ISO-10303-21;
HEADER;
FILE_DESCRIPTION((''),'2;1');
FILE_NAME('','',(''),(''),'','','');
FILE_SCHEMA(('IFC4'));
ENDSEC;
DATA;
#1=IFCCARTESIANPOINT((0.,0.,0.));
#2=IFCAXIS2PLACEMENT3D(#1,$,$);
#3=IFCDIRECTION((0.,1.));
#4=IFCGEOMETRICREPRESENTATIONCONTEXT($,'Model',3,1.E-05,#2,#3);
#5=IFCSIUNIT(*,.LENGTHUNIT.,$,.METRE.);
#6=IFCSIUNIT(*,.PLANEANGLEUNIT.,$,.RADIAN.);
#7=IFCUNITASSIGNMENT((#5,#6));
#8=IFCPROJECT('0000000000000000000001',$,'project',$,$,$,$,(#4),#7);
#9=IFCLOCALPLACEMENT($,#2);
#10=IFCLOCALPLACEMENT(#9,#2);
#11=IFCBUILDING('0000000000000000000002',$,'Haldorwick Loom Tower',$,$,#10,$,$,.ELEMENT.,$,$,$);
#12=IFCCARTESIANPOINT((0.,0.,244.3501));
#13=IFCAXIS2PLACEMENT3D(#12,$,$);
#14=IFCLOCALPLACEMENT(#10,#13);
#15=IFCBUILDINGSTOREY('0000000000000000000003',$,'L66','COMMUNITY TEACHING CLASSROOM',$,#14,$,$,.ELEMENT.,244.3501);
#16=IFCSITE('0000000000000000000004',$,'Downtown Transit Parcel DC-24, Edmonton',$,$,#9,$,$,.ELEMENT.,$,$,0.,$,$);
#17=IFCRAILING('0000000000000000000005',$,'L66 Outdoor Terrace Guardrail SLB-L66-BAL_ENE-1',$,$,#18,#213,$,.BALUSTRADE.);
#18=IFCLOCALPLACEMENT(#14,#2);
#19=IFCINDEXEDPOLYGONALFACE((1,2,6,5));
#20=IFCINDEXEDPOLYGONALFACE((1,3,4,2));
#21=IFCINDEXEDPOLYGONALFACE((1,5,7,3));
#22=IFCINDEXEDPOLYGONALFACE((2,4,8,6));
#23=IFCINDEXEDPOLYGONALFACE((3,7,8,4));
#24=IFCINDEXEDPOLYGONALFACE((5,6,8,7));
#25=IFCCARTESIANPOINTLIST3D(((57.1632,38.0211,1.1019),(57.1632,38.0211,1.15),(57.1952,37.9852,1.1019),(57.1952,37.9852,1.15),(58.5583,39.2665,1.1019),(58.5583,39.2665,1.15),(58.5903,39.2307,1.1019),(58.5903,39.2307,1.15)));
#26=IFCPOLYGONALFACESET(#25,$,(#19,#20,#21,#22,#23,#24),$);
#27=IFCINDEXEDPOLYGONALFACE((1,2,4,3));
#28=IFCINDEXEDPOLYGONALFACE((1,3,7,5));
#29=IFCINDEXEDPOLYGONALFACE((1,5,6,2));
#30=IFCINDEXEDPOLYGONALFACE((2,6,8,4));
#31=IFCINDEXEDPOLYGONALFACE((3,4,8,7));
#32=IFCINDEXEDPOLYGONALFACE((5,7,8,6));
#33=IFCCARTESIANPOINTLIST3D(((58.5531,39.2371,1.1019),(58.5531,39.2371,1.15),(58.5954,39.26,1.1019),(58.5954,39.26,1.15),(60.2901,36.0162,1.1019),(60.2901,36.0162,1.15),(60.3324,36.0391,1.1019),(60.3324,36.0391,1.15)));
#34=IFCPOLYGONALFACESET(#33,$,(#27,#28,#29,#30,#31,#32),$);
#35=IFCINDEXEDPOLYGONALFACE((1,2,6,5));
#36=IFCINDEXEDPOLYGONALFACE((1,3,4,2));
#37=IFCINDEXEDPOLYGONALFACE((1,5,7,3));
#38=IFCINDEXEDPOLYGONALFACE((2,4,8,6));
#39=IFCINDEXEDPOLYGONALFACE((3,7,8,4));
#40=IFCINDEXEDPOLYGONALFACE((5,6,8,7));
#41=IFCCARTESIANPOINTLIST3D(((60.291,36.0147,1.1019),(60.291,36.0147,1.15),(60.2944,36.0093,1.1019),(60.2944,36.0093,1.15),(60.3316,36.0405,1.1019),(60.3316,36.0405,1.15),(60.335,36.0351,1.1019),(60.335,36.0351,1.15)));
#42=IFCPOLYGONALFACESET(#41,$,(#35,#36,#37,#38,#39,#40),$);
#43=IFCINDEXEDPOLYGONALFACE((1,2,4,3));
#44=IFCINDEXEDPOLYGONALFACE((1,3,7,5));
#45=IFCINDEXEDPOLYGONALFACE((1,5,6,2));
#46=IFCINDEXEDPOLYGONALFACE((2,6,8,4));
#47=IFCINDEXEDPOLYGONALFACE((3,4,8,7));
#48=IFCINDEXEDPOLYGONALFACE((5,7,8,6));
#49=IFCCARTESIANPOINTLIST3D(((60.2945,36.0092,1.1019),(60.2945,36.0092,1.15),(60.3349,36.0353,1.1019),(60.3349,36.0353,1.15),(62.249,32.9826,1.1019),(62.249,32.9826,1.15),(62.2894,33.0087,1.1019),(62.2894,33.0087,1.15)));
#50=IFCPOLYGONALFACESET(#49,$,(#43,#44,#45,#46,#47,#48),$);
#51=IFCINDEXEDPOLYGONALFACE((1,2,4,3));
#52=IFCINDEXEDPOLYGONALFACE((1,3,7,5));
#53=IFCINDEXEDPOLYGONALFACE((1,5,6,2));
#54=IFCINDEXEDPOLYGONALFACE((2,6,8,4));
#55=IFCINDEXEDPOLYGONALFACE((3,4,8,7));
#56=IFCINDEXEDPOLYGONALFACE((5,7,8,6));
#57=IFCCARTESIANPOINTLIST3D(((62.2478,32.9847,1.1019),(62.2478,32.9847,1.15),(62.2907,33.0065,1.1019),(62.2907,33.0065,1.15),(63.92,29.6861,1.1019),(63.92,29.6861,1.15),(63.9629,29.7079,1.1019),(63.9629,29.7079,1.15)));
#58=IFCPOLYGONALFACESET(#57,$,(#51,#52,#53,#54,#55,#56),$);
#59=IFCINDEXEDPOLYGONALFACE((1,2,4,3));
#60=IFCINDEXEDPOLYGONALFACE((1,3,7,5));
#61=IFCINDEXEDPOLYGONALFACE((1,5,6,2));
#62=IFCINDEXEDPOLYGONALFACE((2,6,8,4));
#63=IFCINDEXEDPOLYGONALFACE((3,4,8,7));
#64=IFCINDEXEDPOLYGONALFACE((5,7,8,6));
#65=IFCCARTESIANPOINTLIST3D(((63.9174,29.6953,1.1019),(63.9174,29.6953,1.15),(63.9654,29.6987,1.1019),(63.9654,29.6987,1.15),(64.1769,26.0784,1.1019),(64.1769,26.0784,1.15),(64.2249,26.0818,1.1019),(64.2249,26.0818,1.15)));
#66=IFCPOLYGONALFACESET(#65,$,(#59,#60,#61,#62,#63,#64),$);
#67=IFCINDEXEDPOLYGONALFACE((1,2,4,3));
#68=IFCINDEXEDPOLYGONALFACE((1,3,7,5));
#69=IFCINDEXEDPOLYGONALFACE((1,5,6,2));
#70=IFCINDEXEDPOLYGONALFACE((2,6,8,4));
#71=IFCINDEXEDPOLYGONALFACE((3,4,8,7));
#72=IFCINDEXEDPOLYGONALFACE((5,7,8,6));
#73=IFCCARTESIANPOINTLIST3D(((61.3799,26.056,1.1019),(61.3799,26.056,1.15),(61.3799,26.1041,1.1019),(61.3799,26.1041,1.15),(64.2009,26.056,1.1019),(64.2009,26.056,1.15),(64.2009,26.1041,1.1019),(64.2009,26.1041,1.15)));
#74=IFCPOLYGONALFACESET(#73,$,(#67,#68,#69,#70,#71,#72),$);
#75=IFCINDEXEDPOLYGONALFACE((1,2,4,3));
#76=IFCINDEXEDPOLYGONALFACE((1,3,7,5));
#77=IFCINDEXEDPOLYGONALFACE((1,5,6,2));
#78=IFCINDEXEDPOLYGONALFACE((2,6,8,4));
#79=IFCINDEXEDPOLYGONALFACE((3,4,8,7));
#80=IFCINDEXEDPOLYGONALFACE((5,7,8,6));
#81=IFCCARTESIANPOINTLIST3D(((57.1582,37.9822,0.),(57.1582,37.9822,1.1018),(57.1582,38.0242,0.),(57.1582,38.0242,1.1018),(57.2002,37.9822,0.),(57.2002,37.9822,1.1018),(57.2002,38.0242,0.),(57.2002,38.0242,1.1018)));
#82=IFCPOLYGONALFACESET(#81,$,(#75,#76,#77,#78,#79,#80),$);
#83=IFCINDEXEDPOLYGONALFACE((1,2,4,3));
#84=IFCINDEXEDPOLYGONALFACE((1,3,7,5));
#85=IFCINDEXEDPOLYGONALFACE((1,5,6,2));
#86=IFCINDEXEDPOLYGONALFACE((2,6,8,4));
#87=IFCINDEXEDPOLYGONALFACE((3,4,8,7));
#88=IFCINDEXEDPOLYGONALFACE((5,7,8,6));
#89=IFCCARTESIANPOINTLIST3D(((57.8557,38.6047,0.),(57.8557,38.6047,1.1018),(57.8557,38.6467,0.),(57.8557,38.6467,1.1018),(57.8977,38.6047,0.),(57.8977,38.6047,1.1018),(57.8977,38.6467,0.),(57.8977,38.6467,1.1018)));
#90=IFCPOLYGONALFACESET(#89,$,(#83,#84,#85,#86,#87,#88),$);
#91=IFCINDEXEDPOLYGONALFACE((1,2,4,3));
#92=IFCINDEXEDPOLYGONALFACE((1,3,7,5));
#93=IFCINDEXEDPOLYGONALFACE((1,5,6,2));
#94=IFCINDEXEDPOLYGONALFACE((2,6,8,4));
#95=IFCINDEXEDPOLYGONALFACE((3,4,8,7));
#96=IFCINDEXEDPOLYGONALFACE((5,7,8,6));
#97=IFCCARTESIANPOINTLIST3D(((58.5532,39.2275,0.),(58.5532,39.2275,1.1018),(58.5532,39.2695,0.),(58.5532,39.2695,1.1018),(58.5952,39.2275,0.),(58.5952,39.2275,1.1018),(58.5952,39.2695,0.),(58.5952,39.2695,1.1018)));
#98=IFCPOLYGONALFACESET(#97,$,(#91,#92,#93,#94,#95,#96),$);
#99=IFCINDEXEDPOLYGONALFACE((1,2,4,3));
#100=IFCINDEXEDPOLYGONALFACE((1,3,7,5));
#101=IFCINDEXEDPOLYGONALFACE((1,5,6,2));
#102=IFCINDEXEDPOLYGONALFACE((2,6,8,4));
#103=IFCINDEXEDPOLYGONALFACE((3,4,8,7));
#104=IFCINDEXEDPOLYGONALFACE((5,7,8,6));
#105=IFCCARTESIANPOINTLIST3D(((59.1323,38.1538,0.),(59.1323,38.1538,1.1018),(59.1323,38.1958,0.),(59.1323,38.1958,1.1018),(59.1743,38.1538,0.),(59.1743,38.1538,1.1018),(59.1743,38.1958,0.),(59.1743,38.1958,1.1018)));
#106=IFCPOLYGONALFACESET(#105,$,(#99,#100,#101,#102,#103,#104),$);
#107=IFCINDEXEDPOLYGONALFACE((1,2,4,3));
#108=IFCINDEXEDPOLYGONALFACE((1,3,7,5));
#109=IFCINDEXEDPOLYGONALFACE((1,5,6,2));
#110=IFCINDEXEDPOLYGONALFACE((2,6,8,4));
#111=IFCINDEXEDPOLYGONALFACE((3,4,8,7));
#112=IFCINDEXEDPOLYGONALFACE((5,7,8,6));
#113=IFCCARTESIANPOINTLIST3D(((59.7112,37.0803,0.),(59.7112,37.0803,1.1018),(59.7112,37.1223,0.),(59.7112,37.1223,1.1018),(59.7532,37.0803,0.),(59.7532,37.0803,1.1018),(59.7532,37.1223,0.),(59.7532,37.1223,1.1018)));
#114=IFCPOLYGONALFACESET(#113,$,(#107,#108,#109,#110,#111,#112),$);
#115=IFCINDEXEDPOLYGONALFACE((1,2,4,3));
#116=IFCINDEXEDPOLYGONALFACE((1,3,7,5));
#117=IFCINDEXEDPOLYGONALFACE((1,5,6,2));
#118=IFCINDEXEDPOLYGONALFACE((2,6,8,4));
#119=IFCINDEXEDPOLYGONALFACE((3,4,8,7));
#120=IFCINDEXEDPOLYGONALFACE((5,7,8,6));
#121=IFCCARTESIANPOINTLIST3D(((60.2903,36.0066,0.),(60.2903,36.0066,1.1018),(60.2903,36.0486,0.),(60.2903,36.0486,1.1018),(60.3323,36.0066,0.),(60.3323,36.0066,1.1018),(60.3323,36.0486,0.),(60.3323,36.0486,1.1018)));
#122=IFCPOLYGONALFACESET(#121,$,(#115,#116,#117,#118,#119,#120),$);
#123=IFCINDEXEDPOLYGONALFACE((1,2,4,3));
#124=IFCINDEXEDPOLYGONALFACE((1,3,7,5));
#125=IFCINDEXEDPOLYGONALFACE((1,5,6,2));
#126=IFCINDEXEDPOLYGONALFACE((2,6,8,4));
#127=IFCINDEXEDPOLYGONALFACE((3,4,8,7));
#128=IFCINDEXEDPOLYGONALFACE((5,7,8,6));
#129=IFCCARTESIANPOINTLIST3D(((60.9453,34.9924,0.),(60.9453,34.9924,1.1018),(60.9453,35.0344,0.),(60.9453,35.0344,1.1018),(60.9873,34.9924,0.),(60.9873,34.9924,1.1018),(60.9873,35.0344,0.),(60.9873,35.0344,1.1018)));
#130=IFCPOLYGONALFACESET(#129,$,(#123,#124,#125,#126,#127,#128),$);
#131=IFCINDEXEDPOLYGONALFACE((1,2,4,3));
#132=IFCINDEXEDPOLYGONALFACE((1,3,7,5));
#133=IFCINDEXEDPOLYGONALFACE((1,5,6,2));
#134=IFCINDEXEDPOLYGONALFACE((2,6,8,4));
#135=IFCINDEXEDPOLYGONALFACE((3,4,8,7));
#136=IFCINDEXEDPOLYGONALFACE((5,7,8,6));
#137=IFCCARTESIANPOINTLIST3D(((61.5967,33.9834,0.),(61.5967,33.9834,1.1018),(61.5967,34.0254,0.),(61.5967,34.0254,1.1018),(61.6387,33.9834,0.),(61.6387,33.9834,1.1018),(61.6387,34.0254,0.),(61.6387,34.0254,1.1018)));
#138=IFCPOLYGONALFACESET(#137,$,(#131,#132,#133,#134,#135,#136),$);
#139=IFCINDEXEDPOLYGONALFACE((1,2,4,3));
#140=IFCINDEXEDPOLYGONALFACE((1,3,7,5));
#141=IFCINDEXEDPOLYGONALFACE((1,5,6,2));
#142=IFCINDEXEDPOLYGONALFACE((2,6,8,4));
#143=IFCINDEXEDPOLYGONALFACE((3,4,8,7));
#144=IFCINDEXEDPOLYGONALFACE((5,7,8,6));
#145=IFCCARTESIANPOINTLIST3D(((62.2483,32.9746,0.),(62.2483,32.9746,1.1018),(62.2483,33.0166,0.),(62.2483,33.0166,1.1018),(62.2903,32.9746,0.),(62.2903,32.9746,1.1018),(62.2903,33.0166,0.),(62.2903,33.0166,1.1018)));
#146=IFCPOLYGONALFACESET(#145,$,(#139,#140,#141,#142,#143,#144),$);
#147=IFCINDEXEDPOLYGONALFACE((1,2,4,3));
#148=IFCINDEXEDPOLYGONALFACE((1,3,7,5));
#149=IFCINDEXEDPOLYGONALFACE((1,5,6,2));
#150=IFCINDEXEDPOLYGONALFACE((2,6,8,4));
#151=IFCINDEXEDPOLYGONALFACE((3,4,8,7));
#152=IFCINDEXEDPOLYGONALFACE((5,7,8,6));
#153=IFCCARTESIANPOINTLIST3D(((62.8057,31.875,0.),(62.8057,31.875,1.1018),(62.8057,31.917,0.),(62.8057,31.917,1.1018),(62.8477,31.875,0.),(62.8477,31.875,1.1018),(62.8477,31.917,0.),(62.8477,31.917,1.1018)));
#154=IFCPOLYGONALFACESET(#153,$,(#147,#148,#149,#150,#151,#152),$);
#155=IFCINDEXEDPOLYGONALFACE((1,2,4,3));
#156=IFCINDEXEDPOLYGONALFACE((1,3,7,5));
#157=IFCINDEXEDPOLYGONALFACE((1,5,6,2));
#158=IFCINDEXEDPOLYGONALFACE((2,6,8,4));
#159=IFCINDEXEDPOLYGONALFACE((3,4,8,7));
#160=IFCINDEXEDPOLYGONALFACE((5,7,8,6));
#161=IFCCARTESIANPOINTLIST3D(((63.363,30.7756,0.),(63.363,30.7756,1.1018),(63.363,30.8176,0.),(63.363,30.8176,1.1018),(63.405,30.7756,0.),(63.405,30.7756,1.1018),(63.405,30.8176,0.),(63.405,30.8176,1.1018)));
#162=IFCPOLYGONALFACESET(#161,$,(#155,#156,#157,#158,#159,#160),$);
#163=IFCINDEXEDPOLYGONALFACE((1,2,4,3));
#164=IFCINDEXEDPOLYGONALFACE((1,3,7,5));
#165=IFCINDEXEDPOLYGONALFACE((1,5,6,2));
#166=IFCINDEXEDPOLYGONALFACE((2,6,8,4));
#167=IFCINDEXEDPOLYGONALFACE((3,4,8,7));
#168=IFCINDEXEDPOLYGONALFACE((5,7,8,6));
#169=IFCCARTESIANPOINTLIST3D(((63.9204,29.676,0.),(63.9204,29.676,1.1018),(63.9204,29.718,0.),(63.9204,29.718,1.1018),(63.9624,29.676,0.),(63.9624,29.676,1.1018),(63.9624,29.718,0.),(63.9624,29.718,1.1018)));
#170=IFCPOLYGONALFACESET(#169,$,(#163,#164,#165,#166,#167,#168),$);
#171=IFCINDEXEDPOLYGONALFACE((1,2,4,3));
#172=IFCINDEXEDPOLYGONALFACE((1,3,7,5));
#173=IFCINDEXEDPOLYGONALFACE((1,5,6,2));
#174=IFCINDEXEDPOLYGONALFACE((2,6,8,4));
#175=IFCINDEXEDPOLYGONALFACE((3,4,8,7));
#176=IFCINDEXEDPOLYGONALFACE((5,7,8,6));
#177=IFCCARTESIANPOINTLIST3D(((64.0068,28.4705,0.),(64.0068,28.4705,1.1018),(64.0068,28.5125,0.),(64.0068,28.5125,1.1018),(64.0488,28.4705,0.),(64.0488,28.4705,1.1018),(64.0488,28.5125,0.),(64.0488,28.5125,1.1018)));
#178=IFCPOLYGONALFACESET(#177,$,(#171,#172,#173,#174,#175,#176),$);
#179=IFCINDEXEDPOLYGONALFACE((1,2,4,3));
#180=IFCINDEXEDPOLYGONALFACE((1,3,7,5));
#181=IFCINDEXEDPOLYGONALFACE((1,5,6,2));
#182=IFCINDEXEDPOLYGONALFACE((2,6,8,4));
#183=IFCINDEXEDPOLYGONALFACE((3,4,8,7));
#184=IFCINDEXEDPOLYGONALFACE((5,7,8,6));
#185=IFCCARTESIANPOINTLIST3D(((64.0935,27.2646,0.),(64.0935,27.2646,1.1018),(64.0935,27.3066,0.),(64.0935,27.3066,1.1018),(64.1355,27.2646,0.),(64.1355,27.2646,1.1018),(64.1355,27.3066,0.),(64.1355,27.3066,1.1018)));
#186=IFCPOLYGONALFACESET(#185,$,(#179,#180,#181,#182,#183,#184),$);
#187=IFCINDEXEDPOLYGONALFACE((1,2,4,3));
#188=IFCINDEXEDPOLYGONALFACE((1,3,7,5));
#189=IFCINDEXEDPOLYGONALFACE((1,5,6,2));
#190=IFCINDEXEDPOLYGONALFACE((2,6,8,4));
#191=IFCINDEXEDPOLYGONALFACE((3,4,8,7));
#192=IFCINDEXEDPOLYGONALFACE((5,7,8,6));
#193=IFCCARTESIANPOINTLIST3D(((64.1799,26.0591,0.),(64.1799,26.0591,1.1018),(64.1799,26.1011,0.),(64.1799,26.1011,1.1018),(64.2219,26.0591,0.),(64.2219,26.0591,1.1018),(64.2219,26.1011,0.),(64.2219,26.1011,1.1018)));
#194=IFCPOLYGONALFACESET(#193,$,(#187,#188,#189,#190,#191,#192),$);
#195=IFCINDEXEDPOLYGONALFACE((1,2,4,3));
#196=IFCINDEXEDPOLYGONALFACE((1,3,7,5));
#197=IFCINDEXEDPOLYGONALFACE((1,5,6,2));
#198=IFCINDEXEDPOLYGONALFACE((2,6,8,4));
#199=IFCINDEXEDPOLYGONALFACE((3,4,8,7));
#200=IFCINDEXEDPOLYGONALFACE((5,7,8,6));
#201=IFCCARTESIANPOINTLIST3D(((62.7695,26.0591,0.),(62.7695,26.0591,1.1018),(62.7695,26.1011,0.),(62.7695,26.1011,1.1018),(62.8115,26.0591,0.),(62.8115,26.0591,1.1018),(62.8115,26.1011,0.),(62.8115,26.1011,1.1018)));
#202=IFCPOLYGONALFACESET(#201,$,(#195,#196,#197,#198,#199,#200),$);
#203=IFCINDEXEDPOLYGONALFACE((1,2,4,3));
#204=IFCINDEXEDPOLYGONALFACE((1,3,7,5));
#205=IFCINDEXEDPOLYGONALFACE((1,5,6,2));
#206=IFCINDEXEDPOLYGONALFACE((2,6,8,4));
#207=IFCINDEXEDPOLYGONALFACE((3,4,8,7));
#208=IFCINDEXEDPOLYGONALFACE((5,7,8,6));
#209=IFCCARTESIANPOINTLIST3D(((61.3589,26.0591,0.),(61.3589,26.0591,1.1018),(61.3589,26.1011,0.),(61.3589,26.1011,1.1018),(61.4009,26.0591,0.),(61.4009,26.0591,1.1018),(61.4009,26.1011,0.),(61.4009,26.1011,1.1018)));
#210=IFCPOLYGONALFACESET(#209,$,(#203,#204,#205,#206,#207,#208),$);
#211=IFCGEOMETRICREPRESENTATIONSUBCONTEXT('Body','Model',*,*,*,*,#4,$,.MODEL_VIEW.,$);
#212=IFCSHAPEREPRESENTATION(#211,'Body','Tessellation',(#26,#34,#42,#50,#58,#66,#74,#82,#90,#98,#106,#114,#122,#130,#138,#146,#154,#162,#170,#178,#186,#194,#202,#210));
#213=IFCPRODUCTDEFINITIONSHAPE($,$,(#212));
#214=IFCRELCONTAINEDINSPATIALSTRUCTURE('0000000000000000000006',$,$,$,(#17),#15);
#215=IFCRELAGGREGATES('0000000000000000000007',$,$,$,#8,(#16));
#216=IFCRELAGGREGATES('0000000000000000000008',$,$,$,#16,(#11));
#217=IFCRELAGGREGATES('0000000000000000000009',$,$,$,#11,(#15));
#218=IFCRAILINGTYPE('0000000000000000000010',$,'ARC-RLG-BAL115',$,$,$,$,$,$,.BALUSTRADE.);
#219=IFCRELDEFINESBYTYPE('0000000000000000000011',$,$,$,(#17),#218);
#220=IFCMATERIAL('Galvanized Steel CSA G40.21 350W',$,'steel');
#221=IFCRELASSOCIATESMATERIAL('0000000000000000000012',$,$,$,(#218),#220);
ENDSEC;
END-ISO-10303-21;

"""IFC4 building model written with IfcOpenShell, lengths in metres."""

from ifc_helpers import new_model, si_unit, direction, frame, origin, origin_2d, place, context, subcontext, project, spatial, rectangle, extrude, material, type_object, element, save


model = new_model("IFC4")

# Units and contexts
model_context = context("Model", 3, precision=1e-05, world=origin(), true_north=direction((0.0, 1.0)))
body_context = subcontext(model_context, "Body", "Model", "MODEL_VIEW")
ifc_project = project(units=[si_unit("LENGTHUNIT", "METRE"), si_unit("PLANEANGLEUNIT", "RADIAN")], contexts=[model_context])

# Site, building, storey
site_placement = place(None, origin())
site = spatial("IfcSite", under=ifc_project, at=site_placement, Name="Downtown Transit Parcel DC-24, Edmonton", CompositionType="ELEMENT", RefElevation=0.0)
building_placement = place(site_placement, origin())
building = spatial("IfcBuilding", under=site, at=building_placement, Name="Haldorwick Loom Tower", CompositionType="ELEMENT")
storey_placement = place(building_placement, frame((0.0, 0.0, 244.3501)))
storey = spatial("IfcBuildingStorey", under=building, at=storey_placement, Name="L66", Description="COMMUNITY TEACHING CLASSROOM", CompositionType="ELEMENT", Elevation=244.3501)

# Railing
ifc_material_1 = material(Name="Galvanized Steel CSA G40.21 350W", Category="steel")
railing_type_1 = type_object("IfcRailingType", Name="ARC-RLG-BAL115", PredefinedType="BALUSTRADE", material=ifc_material_1)
railing_1_placement = place(storey_placement, frame((57.1792, 38.0032, 0.0)))
element("IfcRailing", 1, at=railing_1_placement, inside=storey, type_object=railing_type_1, Name="L66 Outdoor Terrace Guardrail SLB-L66-BAL_ENE-1", PredefinedType="BALUSTRADE", context=body_context, shape_type="SweptSolid", body=[
    extrude(rectangle(XDim=0.0481, YDim=0.0481, at=origin_2d()), frame((0.0, 0.0, 1.126), z_axis=(0.745989, 0.665959, 0.0), x_axis=(-0.665959, 0.745989, 0.0)), (0.0, 0.0, 1.0), 1.8701),
    extrude(rectangle(XDim=0.0481, YDim=0.0481, at=origin_2d()), frame((1.395, 1.2454, 1.126), z_axis=(0.474673, -0.880162, 0.0), x_axis=(0.880162, 0.474673, 0.0)), (0.0, 0.0, 1.0), 3.6594),
    extrude(rectangle(XDim=0.0481, YDim=0.0481, at=origin_2d()), frame((3.1321, -1.9756, 1.126), z_axis=(0.536875, -0.843661, 0.0), x_axis=(0.843661, 0.536875, 0.0)), (0.0, 0.0, 1.0), 0.0063),
    extrude(rectangle(XDim=0.0481, YDim=0.0481, at=origin_2d()), frame((3.1355, -1.981, 1.126), z_axis=(0.542507, -0.840052, 0.0), x_axis=(0.840052, 0.542507, 0.0)), (0.0, 0.0, 1.0), 3.6028),
    extrude(rectangle(XDim=0.0481, YDim=0.0481, at=origin_2d()), frame((5.0901, -5.0076, 1.126), z_axis=(0.452145, -0.891945, 0.0), x_axis=(0.891945, 0.452145, 0.0)), (0.0, 0.0, 1.0), 3.6982),
    extrude(rectangle(XDim=0.0481, YDim=0.0481, at=origin_2d()), frame((6.7622, -8.3062, 1.126), z_axis=(0.071568, -0.997436, 0.0), x_axis=(0.997436, 0.071568, 0.0)), (0.0, 0.0, 1.0), 3.6262),
    extrude(rectangle(XDim=0.0481, YDim=0.0481, at=origin_2d()), frame((7.0217, -11.9231, 1.126), z_axis=(-1.0, 0.0, 0.0), x_axis=(0.0, -1.0, 0.0)), (0.0, 0.0, 1.0), 2.821),
    extrude(rectangle(XDim=0.042, YDim=0.042, at=origin_2d()), origin(), (0.0, 0.0, 1.0), 1.1018),
    extrude(rectangle(XDim=0.042, YDim=0.042, at=origin_2d()), frame((0.6975, 0.6226, 0.0)), (0.0, 0.0, 1.0), 1.1018),
    extrude(rectangle(XDim=0.042, YDim=0.042, at=origin_2d()), frame((1.395, 1.2454, 0.0)), (0.0, 0.0, 1.0), 1.1018),
    extrude(rectangle(XDim=0.042, YDim=0.042, at=origin_2d()), frame((1.9741, 0.1716, 0.0)), (0.0, 0.0, 1.0), 1.1018),
    extrude(rectangle(XDim=0.042, YDim=0.042, at=origin_2d()), frame((2.553, -0.9019, 0.0)), (0.0, 0.0, 1.0), 1.1018),
    extrude(rectangle(XDim=0.042, YDim=0.042, at=origin_2d()), frame((3.1321, -1.9756, 0.0)), (0.0, 0.0, 1.0), 1.1018),
    extrude(rectangle(XDim=0.042, YDim=0.042, at=origin_2d()), frame((3.7871, -2.9897, 0.0)), (0.0, 0.0, 1.0), 1.1018),
    extrude(rectangle(XDim=0.042, YDim=0.042, at=origin_2d()), frame((4.4385, -3.9988, 0.0)), (0.0, 0.0, 1.0), 1.1018),
    extrude(rectangle(XDim=0.042, YDim=0.042, at=origin_2d()), frame((5.0901, -5.0076, 0.0)), (0.0, 0.0, 1.0), 1.1018),
    extrude(rectangle(XDim=0.042, YDim=0.042, at=origin_2d()), frame((5.6475, -6.1072, 0.0)), (0.0, 0.0, 1.0), 1.1018),
    extrude(rectangle(XDim=0.042, YDim=0.042, at=origin_2d()), frame((6.2048, -7.2065, 0.0)), (0.0, 0.0, 1.0), 1.1018),
    extrude(rectangle(XDim=0.042, YDim=0.042, at=origin_2d()), frame((6.7622, -8.3062, 0.0)), (0.0, 0.0, 1.0), 1.1018),
    extrude(rectangle(XDim=0.042, YDim=0.042, at=origin_2d()), frame((6.8486, -9.5117, 0.0)), (0.0, 0.0, 1.0), 1.1018),
    extrude(rectangle(XDim=0.042, YDim=0.042, at=origin_2d()), frame((6.9353, -10.7175, 0.0)), (0.0, 0.0, 1.0), 1.1018),
    extrude(rectangle(XDim=0.042, YDim=0.042, at=origin_2d()), frame((7.0217, -11.9231, 0.0)), (0.0, 0.0, 1.0), 1.1018),
    extrude(rectangle(XDim=0.042, YDim=0.042, at=origin_2d()), frame((5.6113, -11.9231, 0.0)), (0.0, 0.0, 1.0), 1.1018),
    extrude(rectangle(XDim=0.042, YDim=0.042, at=origin_2d()), frame((4.2007, -11.9231, 0.0)), (0.0, 0.0, 1.0), 1.1018),
])

save(model, "model.ifc")
